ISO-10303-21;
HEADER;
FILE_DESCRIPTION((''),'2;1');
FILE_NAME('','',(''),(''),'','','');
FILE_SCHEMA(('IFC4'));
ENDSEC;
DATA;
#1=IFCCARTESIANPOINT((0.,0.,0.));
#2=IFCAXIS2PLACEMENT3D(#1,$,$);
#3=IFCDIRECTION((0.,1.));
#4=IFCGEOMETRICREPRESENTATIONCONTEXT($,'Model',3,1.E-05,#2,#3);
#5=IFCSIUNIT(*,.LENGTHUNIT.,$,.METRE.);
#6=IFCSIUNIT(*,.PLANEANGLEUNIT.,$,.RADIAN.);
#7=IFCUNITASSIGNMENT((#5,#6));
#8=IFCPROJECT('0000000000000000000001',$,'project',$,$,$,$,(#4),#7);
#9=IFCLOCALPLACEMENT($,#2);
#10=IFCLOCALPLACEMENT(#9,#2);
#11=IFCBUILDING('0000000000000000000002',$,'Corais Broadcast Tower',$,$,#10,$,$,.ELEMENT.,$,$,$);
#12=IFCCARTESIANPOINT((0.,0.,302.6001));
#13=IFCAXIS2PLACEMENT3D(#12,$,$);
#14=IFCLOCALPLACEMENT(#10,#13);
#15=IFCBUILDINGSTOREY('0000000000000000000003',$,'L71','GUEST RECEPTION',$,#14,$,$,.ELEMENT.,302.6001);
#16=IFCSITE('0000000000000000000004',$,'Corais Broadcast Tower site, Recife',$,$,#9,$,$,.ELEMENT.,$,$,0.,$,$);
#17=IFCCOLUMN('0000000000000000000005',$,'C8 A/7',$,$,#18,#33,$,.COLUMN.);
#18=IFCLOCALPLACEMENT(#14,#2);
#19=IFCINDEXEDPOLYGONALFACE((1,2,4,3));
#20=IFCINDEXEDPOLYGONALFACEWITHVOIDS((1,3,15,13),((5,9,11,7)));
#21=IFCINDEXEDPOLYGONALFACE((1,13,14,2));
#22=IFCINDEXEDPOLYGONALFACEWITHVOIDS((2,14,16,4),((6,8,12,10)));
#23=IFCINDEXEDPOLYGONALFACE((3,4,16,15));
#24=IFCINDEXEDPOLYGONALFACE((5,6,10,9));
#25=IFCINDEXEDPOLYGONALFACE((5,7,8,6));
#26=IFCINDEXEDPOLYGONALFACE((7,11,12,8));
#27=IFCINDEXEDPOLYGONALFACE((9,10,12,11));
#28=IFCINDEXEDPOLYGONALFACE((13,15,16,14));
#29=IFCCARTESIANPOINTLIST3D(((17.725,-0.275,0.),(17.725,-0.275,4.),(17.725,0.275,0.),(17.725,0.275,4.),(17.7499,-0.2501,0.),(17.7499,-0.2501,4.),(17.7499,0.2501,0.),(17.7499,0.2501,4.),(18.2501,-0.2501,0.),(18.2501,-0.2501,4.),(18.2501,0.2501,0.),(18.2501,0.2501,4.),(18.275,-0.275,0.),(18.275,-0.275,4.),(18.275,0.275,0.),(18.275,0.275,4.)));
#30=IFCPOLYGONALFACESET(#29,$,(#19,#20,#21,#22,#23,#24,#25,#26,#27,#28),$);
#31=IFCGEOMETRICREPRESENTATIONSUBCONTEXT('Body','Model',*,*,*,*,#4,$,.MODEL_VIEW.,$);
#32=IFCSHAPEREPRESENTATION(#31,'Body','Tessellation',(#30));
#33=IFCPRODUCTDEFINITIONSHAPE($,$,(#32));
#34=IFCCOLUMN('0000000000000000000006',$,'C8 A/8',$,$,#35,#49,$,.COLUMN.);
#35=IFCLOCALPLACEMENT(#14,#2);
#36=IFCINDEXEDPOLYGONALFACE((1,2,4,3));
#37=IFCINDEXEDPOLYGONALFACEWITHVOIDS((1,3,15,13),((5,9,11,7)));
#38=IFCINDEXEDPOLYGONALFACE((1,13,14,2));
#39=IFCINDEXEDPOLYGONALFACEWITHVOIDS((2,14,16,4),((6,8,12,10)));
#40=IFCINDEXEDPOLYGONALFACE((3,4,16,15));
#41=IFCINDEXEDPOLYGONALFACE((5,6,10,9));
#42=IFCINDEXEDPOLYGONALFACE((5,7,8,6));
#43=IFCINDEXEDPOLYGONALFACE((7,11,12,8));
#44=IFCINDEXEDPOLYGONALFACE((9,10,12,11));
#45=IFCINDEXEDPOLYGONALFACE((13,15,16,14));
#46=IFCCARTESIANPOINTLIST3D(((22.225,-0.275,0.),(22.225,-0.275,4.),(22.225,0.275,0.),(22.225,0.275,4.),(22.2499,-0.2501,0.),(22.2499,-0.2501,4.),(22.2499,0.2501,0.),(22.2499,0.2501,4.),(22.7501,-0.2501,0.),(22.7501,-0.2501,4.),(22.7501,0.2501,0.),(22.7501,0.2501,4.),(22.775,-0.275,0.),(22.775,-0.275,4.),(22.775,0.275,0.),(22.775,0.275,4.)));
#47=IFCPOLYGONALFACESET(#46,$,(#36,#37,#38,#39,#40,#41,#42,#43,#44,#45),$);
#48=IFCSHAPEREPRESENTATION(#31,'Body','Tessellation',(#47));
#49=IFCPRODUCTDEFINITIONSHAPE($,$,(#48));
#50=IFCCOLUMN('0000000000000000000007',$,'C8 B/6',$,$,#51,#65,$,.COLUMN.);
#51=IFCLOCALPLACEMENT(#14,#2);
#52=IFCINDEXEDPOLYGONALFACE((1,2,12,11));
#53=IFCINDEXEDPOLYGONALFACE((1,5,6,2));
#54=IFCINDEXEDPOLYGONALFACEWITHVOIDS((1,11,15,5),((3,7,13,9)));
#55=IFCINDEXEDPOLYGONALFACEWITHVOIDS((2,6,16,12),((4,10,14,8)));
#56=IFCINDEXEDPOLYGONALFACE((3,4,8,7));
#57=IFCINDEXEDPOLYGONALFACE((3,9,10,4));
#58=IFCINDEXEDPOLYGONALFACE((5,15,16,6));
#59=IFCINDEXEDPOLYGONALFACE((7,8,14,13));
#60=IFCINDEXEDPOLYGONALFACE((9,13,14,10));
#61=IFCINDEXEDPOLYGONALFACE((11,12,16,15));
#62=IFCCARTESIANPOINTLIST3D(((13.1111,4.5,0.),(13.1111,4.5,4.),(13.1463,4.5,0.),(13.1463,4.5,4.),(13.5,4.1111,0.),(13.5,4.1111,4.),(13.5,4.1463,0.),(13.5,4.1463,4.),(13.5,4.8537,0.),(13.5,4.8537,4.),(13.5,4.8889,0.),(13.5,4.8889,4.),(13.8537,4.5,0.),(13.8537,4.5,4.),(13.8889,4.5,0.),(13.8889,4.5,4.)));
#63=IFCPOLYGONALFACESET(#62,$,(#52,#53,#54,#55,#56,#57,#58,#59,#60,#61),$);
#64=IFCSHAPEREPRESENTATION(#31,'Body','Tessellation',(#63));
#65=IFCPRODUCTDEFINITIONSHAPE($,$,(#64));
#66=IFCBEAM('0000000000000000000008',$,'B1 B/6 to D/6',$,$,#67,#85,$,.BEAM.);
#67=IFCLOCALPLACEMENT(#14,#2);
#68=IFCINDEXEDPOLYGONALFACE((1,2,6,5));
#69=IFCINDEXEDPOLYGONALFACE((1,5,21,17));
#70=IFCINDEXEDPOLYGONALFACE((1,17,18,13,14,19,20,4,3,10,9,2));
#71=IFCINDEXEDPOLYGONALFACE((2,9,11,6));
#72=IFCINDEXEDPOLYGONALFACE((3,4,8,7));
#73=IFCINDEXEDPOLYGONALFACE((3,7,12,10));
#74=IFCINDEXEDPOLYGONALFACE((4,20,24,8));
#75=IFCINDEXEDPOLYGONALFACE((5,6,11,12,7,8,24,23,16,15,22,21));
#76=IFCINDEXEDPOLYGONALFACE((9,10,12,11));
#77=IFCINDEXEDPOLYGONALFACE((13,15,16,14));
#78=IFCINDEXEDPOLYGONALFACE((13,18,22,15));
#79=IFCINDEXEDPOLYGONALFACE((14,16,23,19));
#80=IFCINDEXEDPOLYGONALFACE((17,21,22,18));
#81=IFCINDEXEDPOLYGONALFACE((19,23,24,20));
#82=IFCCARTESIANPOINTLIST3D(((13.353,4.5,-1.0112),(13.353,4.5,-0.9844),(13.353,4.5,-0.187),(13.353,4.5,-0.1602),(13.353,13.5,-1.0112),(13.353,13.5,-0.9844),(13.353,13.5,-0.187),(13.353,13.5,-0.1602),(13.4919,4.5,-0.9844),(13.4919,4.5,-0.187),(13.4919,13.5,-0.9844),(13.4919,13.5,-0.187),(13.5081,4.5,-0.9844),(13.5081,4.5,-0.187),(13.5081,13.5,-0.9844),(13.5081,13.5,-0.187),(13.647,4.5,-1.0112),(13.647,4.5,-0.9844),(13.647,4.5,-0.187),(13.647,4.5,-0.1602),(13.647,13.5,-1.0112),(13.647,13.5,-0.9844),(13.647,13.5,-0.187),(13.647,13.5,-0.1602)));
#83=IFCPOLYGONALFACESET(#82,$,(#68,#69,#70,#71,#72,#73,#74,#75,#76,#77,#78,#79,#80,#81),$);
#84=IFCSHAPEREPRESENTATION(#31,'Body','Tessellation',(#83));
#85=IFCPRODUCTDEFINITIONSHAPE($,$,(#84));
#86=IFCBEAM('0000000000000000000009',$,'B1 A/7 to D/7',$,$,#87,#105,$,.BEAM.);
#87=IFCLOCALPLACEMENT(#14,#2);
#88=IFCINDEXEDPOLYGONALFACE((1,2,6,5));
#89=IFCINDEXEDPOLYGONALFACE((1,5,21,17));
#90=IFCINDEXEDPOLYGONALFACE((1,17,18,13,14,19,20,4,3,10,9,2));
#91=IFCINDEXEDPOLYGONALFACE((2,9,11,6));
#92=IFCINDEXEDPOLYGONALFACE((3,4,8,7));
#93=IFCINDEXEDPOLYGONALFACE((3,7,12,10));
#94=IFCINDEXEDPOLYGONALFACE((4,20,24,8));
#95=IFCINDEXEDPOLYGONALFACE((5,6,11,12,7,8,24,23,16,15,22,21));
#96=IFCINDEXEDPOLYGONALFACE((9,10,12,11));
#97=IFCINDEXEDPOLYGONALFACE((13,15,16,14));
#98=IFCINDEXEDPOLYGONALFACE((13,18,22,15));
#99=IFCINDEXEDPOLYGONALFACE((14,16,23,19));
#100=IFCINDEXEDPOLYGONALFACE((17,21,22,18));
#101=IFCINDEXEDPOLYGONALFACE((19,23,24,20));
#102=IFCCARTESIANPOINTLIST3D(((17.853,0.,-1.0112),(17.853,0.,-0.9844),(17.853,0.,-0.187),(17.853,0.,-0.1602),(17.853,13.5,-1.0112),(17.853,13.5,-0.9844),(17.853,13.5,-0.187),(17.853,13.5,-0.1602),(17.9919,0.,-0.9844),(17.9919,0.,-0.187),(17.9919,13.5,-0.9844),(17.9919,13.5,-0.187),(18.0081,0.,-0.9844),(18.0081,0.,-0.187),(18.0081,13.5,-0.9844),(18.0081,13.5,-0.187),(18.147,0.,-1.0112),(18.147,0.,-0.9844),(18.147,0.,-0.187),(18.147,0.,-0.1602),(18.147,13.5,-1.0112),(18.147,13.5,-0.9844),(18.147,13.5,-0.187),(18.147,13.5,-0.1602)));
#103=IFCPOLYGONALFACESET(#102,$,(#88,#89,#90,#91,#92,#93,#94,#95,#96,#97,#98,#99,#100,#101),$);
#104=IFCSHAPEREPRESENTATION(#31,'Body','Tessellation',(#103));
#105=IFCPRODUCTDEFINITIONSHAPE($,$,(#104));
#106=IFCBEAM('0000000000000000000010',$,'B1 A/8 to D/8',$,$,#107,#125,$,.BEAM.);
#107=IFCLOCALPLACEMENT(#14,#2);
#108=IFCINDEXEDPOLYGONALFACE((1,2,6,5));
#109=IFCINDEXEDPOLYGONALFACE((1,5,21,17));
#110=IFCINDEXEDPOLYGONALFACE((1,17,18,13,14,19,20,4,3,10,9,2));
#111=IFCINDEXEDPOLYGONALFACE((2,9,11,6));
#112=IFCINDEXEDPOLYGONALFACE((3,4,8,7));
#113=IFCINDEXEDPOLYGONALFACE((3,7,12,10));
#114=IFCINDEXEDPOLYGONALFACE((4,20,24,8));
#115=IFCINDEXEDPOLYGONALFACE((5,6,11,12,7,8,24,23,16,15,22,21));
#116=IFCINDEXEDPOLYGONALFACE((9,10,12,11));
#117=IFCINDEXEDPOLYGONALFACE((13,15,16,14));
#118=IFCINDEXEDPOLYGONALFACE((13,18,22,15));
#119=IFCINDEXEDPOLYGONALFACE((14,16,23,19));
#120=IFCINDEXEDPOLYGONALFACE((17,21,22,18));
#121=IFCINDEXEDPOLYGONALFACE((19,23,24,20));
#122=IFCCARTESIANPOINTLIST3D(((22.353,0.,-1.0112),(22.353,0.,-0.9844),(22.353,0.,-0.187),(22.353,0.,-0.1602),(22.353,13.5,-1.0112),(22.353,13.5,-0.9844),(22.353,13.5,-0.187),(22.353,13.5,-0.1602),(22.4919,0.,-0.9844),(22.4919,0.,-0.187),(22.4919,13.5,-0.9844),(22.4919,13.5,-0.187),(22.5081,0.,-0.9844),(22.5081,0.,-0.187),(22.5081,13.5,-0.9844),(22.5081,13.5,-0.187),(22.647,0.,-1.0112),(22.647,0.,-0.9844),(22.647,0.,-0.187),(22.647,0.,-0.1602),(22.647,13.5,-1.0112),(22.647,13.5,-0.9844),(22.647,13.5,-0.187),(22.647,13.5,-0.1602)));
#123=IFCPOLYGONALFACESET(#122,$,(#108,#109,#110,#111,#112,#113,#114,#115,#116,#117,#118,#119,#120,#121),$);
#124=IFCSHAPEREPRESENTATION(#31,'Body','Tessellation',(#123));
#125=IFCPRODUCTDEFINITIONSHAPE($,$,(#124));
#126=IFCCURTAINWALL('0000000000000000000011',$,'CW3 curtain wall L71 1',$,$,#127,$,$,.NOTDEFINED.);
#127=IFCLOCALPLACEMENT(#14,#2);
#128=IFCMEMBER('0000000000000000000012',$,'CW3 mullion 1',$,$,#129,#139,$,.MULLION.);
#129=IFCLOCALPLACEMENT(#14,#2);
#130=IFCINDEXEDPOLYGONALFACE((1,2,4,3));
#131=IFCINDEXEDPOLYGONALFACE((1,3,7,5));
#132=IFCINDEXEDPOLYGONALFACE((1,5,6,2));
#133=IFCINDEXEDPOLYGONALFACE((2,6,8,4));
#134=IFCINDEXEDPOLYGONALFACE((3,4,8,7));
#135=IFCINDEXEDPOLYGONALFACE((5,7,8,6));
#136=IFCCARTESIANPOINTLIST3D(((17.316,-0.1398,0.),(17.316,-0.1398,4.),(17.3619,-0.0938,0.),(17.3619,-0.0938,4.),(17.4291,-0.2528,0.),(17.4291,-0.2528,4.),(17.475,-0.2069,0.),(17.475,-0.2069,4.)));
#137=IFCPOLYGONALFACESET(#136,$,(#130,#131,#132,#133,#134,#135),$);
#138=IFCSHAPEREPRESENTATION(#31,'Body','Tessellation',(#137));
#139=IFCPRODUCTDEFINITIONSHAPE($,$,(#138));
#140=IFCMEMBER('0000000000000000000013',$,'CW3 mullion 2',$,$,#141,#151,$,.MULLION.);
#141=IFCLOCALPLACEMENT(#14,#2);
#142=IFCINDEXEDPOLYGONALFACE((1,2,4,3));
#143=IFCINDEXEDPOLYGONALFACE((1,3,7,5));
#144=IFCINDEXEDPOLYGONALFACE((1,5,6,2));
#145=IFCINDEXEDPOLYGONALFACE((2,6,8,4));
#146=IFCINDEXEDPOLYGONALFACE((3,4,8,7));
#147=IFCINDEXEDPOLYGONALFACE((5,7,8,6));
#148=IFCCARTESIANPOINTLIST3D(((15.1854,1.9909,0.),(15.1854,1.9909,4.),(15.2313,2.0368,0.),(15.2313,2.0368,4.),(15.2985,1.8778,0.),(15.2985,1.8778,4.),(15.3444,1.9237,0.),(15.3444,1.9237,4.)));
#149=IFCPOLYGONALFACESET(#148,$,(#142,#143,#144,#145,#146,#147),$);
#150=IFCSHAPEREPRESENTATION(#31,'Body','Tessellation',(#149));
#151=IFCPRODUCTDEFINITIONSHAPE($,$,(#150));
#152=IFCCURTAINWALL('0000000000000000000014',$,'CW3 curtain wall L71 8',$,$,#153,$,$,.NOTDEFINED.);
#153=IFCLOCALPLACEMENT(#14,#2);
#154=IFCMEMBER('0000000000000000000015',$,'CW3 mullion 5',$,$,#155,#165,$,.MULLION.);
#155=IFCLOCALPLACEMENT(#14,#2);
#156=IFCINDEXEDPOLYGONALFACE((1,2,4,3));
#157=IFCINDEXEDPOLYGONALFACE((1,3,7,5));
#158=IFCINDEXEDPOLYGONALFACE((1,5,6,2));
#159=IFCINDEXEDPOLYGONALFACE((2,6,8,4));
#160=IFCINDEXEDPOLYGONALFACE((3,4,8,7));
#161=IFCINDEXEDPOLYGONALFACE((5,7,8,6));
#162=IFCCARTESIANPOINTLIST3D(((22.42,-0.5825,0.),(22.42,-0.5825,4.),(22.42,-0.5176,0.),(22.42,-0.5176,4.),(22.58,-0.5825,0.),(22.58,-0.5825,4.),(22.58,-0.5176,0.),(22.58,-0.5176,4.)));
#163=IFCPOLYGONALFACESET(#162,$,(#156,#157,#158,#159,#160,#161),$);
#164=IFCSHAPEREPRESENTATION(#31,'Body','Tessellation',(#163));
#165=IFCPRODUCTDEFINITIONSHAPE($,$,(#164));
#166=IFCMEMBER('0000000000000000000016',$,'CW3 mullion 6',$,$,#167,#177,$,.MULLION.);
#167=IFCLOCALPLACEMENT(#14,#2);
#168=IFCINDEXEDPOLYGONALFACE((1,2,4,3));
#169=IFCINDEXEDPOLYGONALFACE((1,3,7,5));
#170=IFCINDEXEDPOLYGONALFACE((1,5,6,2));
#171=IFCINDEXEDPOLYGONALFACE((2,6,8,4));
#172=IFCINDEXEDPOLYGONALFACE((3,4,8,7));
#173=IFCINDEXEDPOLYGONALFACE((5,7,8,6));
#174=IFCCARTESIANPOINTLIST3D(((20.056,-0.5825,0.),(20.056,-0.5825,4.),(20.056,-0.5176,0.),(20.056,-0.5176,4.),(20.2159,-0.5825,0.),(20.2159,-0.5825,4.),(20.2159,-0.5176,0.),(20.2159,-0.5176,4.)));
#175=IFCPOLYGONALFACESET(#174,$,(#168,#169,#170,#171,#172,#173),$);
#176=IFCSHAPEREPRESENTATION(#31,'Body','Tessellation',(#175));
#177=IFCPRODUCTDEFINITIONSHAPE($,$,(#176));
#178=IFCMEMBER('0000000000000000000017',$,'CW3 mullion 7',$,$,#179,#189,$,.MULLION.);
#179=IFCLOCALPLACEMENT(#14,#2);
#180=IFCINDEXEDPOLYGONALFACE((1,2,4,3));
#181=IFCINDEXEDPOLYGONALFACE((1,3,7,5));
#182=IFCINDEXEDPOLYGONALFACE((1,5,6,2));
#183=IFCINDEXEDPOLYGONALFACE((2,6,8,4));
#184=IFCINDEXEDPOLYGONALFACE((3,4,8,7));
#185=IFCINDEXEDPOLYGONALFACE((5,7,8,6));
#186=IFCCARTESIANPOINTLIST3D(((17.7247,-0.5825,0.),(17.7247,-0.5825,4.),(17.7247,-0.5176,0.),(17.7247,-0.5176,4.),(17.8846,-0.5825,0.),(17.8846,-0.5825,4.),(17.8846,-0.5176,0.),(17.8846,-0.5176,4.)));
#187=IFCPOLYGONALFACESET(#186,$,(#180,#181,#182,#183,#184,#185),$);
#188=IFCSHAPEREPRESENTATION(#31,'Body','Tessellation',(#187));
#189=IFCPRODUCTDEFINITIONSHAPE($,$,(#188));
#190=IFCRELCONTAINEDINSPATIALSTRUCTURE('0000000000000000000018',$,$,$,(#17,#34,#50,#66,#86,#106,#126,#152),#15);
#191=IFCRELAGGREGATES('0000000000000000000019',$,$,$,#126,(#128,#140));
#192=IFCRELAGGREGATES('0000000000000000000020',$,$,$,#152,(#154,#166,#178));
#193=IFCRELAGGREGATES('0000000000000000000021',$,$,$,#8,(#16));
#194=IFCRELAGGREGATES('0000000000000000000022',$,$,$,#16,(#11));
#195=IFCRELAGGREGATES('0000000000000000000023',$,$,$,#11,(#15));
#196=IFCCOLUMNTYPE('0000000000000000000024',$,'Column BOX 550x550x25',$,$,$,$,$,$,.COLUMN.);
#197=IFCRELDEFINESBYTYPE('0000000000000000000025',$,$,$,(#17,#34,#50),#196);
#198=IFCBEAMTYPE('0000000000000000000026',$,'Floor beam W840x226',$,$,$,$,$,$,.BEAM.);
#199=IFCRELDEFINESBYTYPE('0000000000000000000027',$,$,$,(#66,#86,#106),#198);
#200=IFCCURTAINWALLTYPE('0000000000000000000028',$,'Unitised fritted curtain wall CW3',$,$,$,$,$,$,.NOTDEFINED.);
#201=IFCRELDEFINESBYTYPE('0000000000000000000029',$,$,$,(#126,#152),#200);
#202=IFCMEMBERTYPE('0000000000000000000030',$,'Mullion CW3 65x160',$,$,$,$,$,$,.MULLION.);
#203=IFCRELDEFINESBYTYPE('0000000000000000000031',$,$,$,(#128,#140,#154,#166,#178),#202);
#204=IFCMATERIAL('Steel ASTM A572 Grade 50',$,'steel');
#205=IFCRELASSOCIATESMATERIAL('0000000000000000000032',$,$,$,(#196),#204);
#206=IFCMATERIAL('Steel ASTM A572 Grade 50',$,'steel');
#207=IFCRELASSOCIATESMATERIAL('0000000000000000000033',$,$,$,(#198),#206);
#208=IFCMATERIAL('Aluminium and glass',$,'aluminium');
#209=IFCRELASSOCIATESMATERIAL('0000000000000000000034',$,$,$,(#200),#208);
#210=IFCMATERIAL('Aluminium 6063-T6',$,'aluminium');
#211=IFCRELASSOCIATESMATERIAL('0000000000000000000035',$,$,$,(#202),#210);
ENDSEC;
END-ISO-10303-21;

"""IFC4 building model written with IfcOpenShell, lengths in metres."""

from ifc_helpers import new_model, si_unit, direction, frame, origin, origin_2d, place, context, subcontext, project, spatial, rectangle, hollow_rectangle, i_section, extrude, material, material_profile, profile_set, type_object, element, aggregate, save


model = new_model("IFC4")

# Units and contexts
model_context = context("Model", 3, precision=1e-05, world=origin(), true_north=direction((0.0, 1.0)))
body_context = subcontext(model_context, "Body", "Model", "MODEL_VIEW")
ifc_project = project(units=[si_unit("LENGTHUNIT", "METRE"), si_unit("PLANEANGLEUNIT", "RADIAN")], contexts=[model_context])

# Site, building, storey
site_placement = place(None, origin())
site = spatial("IfcSite", under=ifc_project, at=site_placement, Name="Corais Broadcast Tower site, Recife", CompositionType="ELEMENT", RefElevation=0.0)
building_placement = place(site_placement, origin())
building = spatial("IfcBuilding", under=site, at=building_placement, Name="Corais Broadcast Tower", CompositionType="ELEMENT")
storey_placement = place(building_placement, frame((0.0, 0.0, 302.6001)))
storey = spatial("IfcBuildingStorey", under=building, at=storey_placement, Name="L71", Description="GUEST RECEPTION", CompositionType="ELEMENT", Elevation=302.6001)

# Columns
ifc_material_1 = material(Name="Steel ASTM A572 Grade 50", Category="steel")
ifc_material_profile_1 = material_profile(ifc_material_1, hollow_rectangle(XDim=0.55, YDim=0.55, WallThickness=0.0249, at=origin_2d()), Name="BOX 550x550x25")
ifc_profile_set_1 = profile_set([ifc_material_profile_1], Name="Steel ASTM A572 Grade 50")
column_type = type_object("IfcColumnType", Name="Column BOX 550x550x25", PredefinedType="COLUMN", material=ifc_profile_set_1)
for number, where, z_axis, x_axis, name in (
    (1, (18.0, 0.0, 0.0), (0.0, 0.0, 1.0), (1.0, 0.0, 0.0), "C8 A/7"),
    (2, (22.5, 0.0, 0.0), (0.0, 0.0, 1.0), (1.0, 0.0, 0.0), "C8 A/8"),
    (3, (13.5, 4.5, 0.0), (0.0, 0.0, 1.0), (0.707107, 0.707107, 0.0), "C8 B/6"),
):
    element("IfcColumn", number, at=place(storey_placement, frame(where, z_axis=z_axis, x_axis=x_axis)), inside=storey, type_object=column_type, Name=name, PredefinedType="COLUMN", context=body_context, shape_type="SweptSolid", body=[
        extrude(hollow_rectangle(XDim=0.55, YDim=0.55, WallThickness=0.0249, at=origin_2d()), origin(), (0.0, 0.0, 1.0), 4.0),
    ])

# Beams
ifc_material_2 = material(Name="Steel ASTM A572 Grade 50", Category="steel")
ifc_material_profile_2 = material_profile(ifc_material_2, i_section(OverallWidth=0.2939, OverallDepth=0.8511, WebThickness=0.0161, FlangeThickness=0.0269, at=origin_2d()), Name="W840x226")
ifc_profile_set_2 = profile_set([ifc_material_profile_2], Name="Steel ASTM A572 Grade 50")
beam_type_1 = type_object("IfcBeamType", Name="Floor beam W840x226", PredefinedType="BEAM", material=ifc_profile_set_2)
beam_1_placement = place(storey_placement, frame((13.5, 4.5, -0.5857), z_axis=(0.0, 1.0, 0.0), x_axis=(-1.0, 0.0, 0.0)))
element("IfcBeam", 4, at=beam_1_placement, inside=storey, type_object=beam_type_1, Name="B1 B/6 to D/6", PredefinedType="BEAM", context=body_context, shape_type="SweptSolid", body=[
    extrude(i_section(OverallWidth=0.2939, OverallDepth=0.8511, WebThickness=0.0161, FlangeThickness=0.0269, at=origin_2d()), origin(), (0.0, 0.0, 1.0), 9.0),
])
for number, where, z_axis, x_axis, name in (
    (5, (18.0, 0.0, -0.5857), (0.0, 1.0, 0.0), (-1.0, 0.0, 0.0), "B1 A/7 to D/7"),
    (6, (22.5, 0.0, -0.5857), (0.0, 1.0, 0.0), (-1.0, 0.0, 0.0), "B1 A/8 to D/8"),
):
    element("IfcBeam", number, at=place(storey_placement, frame(where, z_axis=z_axis, x_axis=x_axis)), inside=storey, type_object=beam_type_1, Name=name, PredefinedType="BEAM", context=body_context, shape_type="SweptSolid", body=[
        extrude(i_section(OverallWidth=0.2939, OverallDepth=0.8511, WebThickness=0.0161, FlangeThickness=0.0269, at=origin_2d()), origin(), (0.0, 0.0, 1.0), 13.5),
    ])

# Curtain walls, members
ifc_material_3 = material(Name="Aluminium and glass", Category="aluminium")
curtain_wall_type = type_object("IfcCurtainWallType", Name="Unitised fritted curtain wall CW3", PredefinedType="NOTDEFINED", material=ifc_material_3)
curtain_wall_1_placement = place(storey_placement, origin())
curtain_wall_1 = element("IfcCurtainWall", 7, at=curtain_wall_1_placement, inside=storey, type_object=curtain_wall_type, Name="CW3 curtain wall L71 1", PredefinedType="NOTDEFINED")
ifc_material_4 = material(Name="Aluminium 6063-T6", Category="aluminium")
ifc_material_profile_3 = material_profile(ifc_material_4, rectangle(XDim=0.0649, YDim=0.1599, at=origin_2d()), Name="Mullion CW3 65x160")
ifc_profile_set_3 = profile_set([ifc_material_profile_3], Name="Aluminium 6063-T6")
member_type_1 = type_object("IfcMemberType", Name="Mullion CW3 65x160", PredefinedType="MULLION", material=ifc_profile_set_3)
member_1_placement = place(storey_placement, frame((17.3955, -0.1733, 0.0), z_axis=(0.0, 0.0, 1.0), x_axis=(-0.707107, -0.707107, 0.0)))
member_1 = element("IfcMember", 8, at=member_1_placement, type_object=member_type_1, Name="CW3 mullion 1", PredefinedType="MULLION", context=body_context, shape_type="SweptSolid", body=[
    extrude(rectangle(XDim=0.0649, YDim=0.1599, at=origin_2d()), origin(), (0.0, 0.0, 1.0), 4.0),
])
member_2_placement = place(storey_placement, frame((15.2649, 1.9573, 0.0), z_axis=(0.0, 0.0, 1.0), x_axis=(-0.707107, -0.707107, 0.0)))
member_2 = element("IfcMember", 9, at=member_2_placement, type_object=member_type_1, Name="CW3 mullion 2", PredefinedType="MULLION", context=body_context, shape_type="SweptSolid", body=[
    extrude(rectangle(XDim=0.0649, YDim=0.1599, at=origin_2d()), origin(), (0.0, 0.0, 1.0), 4.0),
])
curtain_wall_2_placement = place(storey_placement, origin())
curtain_wall_2 = element("IfcCurtainWall", 10, at=curtain_wall_2_placement, inside=storey, type_object=curtain_wall_type, Name="CW3 curtain wall L71 8", PredefinedType="NOTDEFINED")
member_3_placement = place(storey_placement, frame((22.5, -0.55, 0.0), z_axis=(0.0, 0.0, 1.0), x_axis=(0.0, -1.0, 0.0)))
member_3 = element("IfcMember", 11, at=member_3_placement, type_object=member_type_1, Name="CW3 mullion 5", PredefinedType="MULLION", context=body_context, shape_type="SweptSolid", body=[
    extrude(rectangle(XDim=0.0649, YDim=0.1599, at=origin_2d()), origin(), (0.0, 0.0, 1.0), 4.0),
])
member_4_placement = place(storey_placement, frame((20.136, -0.55, 0.0), z_axis=(0.0, 0.0, 1.0), x_axis=(0.0, -1.0, 0.0)))
member_4 = element("IfcMember", 12, at=member_4_placement, type_object=member_type_1, Name="CW3 mullion 6", PredefinedType="MULLION", context=body_context, shape_type="SweptSolid", body=[
    extrude(rectangle(XDim=0.0649, YDim=0.1599, at=origin_2d()), origin(), (0.0, 0.0, 1.0), 4.0),
])
member_5_placement = place(storey_placement, frame((17.8047, -0.55, 0.0), z_axis=(0.0, 0.0, 1.0), x_axis=(0.0, -1.0, 0.0)))
member_5 = element("IfcMember", 13, at=member_5_placement, type_object=member_type_1, Name="CW3 mullion 7", PredefinedType="MULLION", context=body_context, shape_type="SweptSolid", body=[
    extrude(rectangle(XDim=0.0649, YDim=0.1599, at=origin_2d()), origin(), (0.0, 0.0, 1.0), 4.0),
])

aggregate(curtain_wall_1, [member_1, member_2])
aggregate(curtain_wall_2, [member_3, member_4, member_5])

save(model, "model.ifc")
